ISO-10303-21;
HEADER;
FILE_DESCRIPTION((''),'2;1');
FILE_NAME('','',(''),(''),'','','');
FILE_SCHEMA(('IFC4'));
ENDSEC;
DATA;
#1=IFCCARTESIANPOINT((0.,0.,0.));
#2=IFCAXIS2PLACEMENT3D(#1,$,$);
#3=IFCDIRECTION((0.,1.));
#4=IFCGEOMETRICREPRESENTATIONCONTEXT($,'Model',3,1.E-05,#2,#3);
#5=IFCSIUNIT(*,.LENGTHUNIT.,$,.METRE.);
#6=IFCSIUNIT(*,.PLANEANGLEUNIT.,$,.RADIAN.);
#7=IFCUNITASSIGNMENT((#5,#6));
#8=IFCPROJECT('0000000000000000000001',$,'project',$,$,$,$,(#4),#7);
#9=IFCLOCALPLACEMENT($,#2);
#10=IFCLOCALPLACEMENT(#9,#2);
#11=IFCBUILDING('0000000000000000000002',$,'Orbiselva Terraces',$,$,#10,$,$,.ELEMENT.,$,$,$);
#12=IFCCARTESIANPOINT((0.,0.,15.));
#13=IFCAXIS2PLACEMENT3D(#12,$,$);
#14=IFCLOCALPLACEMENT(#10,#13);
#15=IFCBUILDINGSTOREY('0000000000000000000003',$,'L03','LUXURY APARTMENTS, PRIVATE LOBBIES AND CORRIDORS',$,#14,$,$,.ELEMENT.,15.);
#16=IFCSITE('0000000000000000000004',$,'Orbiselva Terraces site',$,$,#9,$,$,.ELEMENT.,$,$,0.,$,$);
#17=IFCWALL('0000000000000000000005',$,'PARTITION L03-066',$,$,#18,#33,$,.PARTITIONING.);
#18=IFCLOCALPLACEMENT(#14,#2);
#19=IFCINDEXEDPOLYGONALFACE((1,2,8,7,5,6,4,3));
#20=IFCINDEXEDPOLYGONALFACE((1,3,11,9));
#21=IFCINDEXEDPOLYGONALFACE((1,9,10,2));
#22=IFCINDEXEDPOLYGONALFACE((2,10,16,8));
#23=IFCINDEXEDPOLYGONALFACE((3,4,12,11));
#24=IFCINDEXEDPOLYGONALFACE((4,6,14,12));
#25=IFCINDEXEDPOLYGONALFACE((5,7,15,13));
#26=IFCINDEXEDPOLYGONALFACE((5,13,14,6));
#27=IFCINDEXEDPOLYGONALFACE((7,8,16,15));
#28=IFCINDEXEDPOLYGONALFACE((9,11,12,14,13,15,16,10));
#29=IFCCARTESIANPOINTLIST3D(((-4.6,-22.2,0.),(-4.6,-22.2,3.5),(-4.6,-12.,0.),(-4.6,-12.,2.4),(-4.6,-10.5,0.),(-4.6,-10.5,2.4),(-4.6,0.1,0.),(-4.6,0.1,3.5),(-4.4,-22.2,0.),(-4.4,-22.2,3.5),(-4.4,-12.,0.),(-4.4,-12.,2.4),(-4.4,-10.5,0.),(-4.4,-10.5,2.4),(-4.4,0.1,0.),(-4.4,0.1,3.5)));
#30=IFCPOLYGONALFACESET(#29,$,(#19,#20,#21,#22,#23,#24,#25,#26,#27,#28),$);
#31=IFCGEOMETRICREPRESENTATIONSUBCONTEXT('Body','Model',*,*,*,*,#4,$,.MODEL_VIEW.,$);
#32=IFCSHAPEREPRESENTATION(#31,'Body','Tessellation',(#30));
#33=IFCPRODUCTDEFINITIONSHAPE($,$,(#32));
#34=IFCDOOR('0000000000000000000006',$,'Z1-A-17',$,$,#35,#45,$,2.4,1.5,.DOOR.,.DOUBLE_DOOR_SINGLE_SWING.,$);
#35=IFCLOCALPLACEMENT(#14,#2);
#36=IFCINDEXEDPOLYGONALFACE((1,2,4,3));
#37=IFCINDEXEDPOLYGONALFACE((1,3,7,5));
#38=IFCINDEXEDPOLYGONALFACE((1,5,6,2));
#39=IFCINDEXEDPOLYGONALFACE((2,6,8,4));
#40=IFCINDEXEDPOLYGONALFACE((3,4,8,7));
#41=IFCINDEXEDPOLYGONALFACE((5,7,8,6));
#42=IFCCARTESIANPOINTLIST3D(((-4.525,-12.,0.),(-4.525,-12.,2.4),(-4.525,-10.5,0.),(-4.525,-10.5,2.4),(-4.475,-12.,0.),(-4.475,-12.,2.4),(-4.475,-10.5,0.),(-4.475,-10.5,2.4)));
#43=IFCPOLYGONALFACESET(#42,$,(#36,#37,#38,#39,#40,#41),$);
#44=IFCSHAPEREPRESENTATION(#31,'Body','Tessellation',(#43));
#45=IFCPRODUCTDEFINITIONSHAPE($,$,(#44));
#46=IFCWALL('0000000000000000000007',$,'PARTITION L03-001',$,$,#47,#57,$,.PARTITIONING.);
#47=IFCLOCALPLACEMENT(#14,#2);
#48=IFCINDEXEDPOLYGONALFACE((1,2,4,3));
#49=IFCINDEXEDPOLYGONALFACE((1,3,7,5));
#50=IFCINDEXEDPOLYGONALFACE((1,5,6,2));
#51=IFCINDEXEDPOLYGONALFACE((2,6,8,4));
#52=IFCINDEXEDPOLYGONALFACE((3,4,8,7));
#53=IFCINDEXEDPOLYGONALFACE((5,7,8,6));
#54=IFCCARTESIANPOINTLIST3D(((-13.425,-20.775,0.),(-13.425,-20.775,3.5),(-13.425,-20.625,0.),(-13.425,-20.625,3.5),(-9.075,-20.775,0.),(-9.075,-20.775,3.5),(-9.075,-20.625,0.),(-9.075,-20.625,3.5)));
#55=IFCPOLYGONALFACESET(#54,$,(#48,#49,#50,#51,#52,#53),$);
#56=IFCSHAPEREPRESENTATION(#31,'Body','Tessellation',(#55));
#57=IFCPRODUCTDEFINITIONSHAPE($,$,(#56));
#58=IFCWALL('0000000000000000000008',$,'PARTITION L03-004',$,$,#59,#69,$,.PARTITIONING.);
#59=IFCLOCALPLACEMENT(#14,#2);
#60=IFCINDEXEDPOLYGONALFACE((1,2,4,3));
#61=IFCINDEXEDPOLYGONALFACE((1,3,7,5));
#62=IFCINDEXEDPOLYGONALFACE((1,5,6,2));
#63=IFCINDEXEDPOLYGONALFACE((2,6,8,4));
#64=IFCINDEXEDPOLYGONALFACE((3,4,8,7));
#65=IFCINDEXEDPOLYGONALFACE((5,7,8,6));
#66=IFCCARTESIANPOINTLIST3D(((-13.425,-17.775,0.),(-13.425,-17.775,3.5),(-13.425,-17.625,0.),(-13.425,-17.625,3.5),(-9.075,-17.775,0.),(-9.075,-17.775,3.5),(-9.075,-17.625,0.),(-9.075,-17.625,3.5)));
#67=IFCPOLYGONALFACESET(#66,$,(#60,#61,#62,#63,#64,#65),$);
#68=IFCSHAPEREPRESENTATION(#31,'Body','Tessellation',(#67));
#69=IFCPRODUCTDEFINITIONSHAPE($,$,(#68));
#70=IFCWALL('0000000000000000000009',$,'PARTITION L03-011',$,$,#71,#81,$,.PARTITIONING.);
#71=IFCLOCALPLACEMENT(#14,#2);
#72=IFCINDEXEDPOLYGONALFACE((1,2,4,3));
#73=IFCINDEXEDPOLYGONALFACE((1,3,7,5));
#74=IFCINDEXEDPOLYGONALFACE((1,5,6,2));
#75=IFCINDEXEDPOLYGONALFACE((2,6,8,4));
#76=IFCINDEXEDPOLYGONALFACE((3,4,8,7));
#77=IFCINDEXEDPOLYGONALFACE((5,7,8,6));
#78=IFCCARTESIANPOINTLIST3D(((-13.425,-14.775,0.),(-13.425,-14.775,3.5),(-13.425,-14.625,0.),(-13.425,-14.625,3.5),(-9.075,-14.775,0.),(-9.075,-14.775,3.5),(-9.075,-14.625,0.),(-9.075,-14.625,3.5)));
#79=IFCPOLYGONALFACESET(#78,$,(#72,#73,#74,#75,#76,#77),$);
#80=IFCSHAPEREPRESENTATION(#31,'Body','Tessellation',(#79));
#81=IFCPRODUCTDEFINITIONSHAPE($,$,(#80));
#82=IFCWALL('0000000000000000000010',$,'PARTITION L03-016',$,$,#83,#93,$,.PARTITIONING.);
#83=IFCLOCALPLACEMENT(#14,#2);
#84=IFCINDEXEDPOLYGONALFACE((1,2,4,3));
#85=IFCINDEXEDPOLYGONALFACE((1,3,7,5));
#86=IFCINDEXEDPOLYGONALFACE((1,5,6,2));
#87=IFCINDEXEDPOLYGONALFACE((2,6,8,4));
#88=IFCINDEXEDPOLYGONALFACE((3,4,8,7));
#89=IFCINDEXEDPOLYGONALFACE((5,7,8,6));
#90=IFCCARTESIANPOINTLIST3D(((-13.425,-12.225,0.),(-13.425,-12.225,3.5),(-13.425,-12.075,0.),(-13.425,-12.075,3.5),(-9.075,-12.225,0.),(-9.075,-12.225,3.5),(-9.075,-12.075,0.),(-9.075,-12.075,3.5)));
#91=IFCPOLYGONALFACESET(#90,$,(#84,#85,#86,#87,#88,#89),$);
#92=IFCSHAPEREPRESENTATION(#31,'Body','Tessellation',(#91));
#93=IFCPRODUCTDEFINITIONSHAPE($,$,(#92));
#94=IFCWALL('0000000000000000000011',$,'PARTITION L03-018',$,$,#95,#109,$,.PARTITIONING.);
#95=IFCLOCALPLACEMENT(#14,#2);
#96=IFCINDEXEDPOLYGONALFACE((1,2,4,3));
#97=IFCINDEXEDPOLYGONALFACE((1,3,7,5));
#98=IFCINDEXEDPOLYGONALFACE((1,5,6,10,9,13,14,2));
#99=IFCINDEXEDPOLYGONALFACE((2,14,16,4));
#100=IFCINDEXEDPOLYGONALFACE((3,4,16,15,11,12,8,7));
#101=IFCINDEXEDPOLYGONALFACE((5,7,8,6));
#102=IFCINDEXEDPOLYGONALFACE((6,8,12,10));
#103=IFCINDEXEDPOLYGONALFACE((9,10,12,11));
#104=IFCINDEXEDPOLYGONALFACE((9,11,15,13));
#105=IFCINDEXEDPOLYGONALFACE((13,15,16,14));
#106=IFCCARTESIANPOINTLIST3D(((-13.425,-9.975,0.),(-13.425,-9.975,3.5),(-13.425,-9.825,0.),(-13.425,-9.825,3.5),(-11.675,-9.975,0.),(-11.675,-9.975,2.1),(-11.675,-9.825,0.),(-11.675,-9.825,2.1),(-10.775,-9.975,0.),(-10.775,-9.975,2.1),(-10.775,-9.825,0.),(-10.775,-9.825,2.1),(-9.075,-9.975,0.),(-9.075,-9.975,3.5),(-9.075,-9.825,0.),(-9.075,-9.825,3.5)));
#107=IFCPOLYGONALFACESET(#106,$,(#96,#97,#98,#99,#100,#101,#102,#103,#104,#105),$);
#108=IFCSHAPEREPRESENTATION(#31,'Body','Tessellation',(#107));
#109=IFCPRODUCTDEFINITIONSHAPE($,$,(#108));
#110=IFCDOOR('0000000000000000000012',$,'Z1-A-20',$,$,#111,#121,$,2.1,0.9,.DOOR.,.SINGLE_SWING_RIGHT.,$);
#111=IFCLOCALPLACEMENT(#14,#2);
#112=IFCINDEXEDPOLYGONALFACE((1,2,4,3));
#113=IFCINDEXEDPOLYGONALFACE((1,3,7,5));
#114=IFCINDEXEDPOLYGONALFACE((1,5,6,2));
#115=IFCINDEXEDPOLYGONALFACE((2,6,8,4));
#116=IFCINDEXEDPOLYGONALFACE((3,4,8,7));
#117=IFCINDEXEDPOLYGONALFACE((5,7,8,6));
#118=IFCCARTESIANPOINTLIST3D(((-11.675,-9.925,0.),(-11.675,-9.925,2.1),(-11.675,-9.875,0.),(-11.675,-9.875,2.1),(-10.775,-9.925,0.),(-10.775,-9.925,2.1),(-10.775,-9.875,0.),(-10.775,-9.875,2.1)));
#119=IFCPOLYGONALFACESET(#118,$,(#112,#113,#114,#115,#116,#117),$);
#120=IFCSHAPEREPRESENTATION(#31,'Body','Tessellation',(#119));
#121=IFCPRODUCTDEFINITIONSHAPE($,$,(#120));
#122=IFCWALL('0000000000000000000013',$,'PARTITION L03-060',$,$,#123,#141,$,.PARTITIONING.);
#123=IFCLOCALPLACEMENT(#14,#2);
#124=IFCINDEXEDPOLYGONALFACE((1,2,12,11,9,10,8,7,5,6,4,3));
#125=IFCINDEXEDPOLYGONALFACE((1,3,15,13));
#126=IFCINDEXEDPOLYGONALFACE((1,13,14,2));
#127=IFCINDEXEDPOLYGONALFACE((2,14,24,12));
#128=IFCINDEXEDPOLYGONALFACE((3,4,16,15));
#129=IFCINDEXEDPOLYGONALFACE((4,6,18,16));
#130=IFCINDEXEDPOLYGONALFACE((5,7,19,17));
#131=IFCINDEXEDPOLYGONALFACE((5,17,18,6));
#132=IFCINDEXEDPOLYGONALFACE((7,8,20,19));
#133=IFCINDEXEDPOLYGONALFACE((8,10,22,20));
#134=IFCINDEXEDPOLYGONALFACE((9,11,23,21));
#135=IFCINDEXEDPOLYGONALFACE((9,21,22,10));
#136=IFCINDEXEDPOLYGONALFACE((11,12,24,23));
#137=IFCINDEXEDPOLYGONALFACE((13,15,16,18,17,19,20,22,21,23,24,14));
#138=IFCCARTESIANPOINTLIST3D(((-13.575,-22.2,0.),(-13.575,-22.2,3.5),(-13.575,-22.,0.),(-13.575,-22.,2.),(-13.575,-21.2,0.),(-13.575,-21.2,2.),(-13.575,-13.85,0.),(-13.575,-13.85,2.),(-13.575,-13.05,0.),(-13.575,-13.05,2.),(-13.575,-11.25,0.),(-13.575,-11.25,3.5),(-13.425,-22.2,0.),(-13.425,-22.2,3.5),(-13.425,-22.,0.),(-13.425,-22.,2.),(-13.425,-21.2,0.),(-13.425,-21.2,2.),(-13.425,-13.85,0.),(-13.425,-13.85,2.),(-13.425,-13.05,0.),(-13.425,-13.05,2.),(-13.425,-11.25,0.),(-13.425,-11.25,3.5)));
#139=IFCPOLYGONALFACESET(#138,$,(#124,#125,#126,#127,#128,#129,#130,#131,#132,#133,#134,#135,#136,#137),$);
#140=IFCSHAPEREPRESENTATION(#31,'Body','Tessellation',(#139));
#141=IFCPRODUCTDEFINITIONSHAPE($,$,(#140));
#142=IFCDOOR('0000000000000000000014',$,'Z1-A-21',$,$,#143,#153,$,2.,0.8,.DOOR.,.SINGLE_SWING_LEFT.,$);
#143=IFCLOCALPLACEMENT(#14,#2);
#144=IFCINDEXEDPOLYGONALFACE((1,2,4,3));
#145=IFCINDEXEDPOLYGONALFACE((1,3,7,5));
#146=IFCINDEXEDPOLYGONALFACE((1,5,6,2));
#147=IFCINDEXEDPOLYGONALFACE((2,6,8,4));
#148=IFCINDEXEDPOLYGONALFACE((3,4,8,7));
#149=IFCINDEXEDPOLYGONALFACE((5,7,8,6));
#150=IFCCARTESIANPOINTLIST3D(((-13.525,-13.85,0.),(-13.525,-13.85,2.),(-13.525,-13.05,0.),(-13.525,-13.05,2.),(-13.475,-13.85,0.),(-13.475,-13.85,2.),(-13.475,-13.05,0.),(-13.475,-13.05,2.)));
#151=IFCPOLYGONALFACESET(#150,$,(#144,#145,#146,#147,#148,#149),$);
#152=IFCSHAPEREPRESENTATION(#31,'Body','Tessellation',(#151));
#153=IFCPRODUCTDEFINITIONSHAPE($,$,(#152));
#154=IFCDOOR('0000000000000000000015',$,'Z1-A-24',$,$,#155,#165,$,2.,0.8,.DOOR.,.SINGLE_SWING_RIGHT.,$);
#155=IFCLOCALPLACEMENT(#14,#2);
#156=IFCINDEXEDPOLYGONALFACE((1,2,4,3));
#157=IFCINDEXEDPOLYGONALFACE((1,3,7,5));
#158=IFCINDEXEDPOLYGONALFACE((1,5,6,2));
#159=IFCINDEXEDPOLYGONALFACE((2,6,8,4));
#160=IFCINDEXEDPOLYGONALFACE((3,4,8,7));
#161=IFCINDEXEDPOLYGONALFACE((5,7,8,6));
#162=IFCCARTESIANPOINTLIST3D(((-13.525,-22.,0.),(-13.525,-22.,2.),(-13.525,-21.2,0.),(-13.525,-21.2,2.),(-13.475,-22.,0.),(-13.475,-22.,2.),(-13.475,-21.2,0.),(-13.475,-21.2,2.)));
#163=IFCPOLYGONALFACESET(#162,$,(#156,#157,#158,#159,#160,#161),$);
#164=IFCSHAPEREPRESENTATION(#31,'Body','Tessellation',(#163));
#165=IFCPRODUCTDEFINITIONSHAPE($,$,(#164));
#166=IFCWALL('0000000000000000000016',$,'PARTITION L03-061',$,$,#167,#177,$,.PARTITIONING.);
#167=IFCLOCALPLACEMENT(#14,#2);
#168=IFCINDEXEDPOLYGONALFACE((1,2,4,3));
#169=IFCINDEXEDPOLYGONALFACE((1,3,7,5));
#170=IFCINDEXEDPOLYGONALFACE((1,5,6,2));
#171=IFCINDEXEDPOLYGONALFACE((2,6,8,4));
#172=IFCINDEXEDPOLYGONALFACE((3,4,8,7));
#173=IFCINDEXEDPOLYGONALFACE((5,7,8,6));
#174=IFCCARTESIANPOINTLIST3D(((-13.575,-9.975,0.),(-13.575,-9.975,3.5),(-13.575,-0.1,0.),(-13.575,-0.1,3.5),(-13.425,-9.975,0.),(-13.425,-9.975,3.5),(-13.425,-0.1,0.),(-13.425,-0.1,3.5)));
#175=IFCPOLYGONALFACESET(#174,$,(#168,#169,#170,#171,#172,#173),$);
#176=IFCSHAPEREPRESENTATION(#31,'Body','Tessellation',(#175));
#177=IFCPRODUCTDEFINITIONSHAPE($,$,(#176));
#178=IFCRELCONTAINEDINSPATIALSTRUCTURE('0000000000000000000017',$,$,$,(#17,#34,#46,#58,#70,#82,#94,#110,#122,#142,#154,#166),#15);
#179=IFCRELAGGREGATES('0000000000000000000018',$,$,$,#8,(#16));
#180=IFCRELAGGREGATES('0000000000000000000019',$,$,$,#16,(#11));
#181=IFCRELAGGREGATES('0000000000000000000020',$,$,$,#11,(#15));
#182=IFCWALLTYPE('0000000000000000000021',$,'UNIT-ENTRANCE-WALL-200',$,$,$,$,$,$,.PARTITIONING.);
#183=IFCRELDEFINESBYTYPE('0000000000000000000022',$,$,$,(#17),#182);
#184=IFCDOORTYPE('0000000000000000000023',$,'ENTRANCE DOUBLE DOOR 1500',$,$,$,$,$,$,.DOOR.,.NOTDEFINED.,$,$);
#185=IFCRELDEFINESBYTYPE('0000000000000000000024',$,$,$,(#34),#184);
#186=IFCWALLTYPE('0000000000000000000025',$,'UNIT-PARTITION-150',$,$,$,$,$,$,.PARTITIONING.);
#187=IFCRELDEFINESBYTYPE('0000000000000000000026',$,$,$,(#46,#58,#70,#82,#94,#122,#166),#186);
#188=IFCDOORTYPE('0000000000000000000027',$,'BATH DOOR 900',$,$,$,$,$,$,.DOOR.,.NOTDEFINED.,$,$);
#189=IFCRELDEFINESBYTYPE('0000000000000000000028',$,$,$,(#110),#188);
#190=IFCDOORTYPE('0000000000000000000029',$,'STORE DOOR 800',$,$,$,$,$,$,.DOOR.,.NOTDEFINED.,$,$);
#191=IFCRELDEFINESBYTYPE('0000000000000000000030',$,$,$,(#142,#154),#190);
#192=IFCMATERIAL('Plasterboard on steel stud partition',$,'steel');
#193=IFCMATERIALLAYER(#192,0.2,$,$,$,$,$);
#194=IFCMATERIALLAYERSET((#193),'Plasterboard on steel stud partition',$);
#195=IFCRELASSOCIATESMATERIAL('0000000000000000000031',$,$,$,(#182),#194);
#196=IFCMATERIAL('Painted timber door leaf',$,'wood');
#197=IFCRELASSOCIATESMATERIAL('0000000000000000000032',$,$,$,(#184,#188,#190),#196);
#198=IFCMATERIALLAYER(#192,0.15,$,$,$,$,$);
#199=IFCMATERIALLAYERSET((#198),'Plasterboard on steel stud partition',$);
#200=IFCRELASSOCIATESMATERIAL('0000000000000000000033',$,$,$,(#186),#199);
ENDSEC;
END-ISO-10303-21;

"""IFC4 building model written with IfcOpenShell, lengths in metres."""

from ifc_helpers import new_model, si_unit, direction, frame, frame_2d, origin, place, context, subcontext, project, spatial, rectangle, extrude, material, layer, layer_set, type_object, element, fill, save


model = new_model("IFC4")

# Units and contexts
model_context = context("Model", 3, precision=1e-05, world=origin(), true_north=direction((0.0, 1.0)))
body_context = subcontext(model_context, "Body", "Model", "MODEL_VIEW")
ifc_project = project(units=[si_unit("LENGTHUNIT", "METRE"), si_unit("PLANEANGLEUNIT", "RADIAN")], contexts=[model_context])

# Site, building, storey
site_placement = place(None, origin())
site = spatial("IfcSite", under=ifc_project, at=site_placement, Name="Orbiselva Terraces site", CompositionType="ELEMENT", RefElevation=0.0)
building_placement = place(site_placement, origin())
building = spatial("IfcBuilding", under=site, at=building_placement, Name="Orbiselva Terraces", CompositionType="ELEMENT")
storey_placement = place(building_placement, frame((0.0, 0.0, 15.0)))
storey = spatial("IfcBuildingStorey", under=building, at=storey_placement, Name="L03", Description="LUXURY APARTMENTS, PRIVATE LOBBIES AND CORRIDORS", CompositionType="ELEMENT", Elevation=15.0)

# Wall, opening, door
ifc_material_1 = material(Name="Plasterboard on steel stud partition", Category="steel")
ifc_layer_1 = layer(ifc_material_1, 0.2)
ifc_layer_set_1 = layer_set([ifc_layer_1], Name="Plasterboard on steel stud partition")
wall_type_1 = type_object("IfcWallType", Name="UNIT-ENTRANCE-WALL-200", PredefinedType="PARTITIONING", material=ifc_layer_set_1)
wall_1_placement = place(storey_placement, frame((-4.5, -22.2, 0.0), z_axis=(0.0, 0.0, 1.0), x_axis=(0.0, 1.0, 0.0)))
wall_1 = element("IfcWall", 1, at=wall_1_placement, inside=storey, type_object=wall_type_1, Name="PARTITION L03-066", PredefinedType="PARTITIONING", context=body_context, shape_type="SweptSolid", body=[
    extrude(rectangle(XDim=22.3, YDim=0.2, at=frame_2d((11.15, 0.0))), origin(), (0.0, 0.0, 1.0), 3.5),
])
opening_1_placement = place(wall_1_placement, frame((10.2, 0.0, 0.0)))
opening_1 = element("IfcOpeningElement", 2, at=opening_1_placement, cuts=wall_1, PredefinedType="OPENING", context=body_context, shape_type="SweptSolid", body=[
    extrude(rectangle(XDim=1.5, YDim=2.4, at=frame_2d((0.75, 1.2))), frame((0.0, 0.11, 0.0), z_axis=(0.0, -1.0, 0.0), x_axis=(1.0, 0.0, 0.0)), (0.0, 0.0, 1.0), 0.22),
])
ifc_material_2 = material(Name="Painted timber door leaf", Category="wood")
door_type_1 = type_object("IfcDoorType", Name="ENTRANCE DOUBLE DOOR 1500", OperationType="NOTDEFINED", PredefinedType="DOOR", material=ifc_material_2)
door_1_placement = place(opening_1_placement, origin())
door_1 = element("IfcDoor", 3, at=door_1_placement, inside=storey, type_object=door_type_1, Name="Z1-A-17", OperationType="DOUBLE_DOOR_SINGLE_SWING", OverallHeight=2.4, OverallWidth=1.5, PredefinedType="DOOR", context=body_context, shape_type="SweptSolid", body=[
    extrude(rectangle(XDim=1.5, YDim=2.4, at=frame_2d((0.75, 1.2))), frame((0.0, 0.025, 0.0), z_axis=(0.0, -1.0, 0.0), x_axis=(1.0, 0.0, 0.0)), (0.0, 0.0, 1.0), 0.05),
])
fill(opening_1, door_1)

# Walls
ifc_layer_2 = layer(ifc_material_1, 0.15)
ifc_layer_set_2 = layer_set([ifc_layer_2], Name="Plasterboard on steel stud partition")
wall_type_2 = type_object("IfcWallType", Name="UNIT-PARTITION-150", PredefinedType="PARTITIONING", material=ifc_layer_set_2)
for number, where, z_axis, x_axis, name in (
    (4, (-13.425, -20.7, 0.0), (0.0, 0.0, 1.0), (1.0, 0.0, 0.0), "PARTITION L03-001"),
    (5, (-13.425, -17.7, 0.0), (0.0, 0.0, 1.0), (1.0, 0.0, 0.0), "PARTITION L03-004"),
    (6, (-13.425, -14.7, 0.0), (0.0, 0.0, 1.0), (1.0, 0.0, 0.0), "PARTITION L03-011"),
    (7, (-13.425, -12.15, 0.0), (0.0, 0.0, 1.0), (1.0, 0.0, 0.0), "PARTITION L03-016"),
):
    element("IfcWall", number, at=place(storey_placement, frame(where, z_axis=z_axis, x_axis=x_axis)), inside=storey, type_object=wall_type_2, Name=name, PredefinedType="PARTITIONING", context=body_context, shape_type="SweptSolid", body=[
        extrude(rectangle(XDim=4.35, YDim=0.15, at=frame_2d((2.175, 0.0))), origin(), (0.0, 0.0, 1.0), 3.5),
    ])

# Wall, opening, door
wall_2_placement = place(storey_placement, frame((-13.425, -9.9, 0.0), z_axis=(0.0, 0.0, 1.0), x_axis=(1.0, 0.0, 0.0)))
wall_2 = element("IfcWall", 8, at=wall_2_placement, inside=storey, type_object=wall_type_2, Name="PARTITION L03-018", PredefinedType="PARTITIONING", context=body_context, shape_type="SweptSolid", body=[
    extrude(rectangle(XDim=4.35, YDim=0.15, at=frame_2d((2.175, 0.0))), origin(), (0.0, 0.0, 1.0), 3.5),
])
opening_2_placement = place(wall_2_placement, frame((1.75, 0.0, 0.0)))
opening_2 = element("IfcOpeningElement", 9, at=opening_2_placement, cuts=wall_2, PredefinedType="OPENING", context=body_context, shape_type="SweptSolid", body=[
    extrude(rectangle(XDim=0.9, YDim=2.1, at=frame_2d((0.45, 1.05))), frame((0.0, 0.085, 0.0), z_axis=(0.0, -1.0, 0.0), x_axis=(1.0, 0.0, 0.0)), (0.0, 0.0, 1.0), 0.17),
])
door_type_2 = type_object("IfcDoorType", Name="BATH DOOR 900", OperationType="NOTDEFINED", PredefinedType="DOOR", material=ifc_material_2)
door_2_placement = place(opening_2_placement, origin())
door_2 = element("IfcDoor", 10, at=door_2_placement, inside=storey, type_object=door_type_2, Name="Z1-A-20", OperationType="SINGLE_SWING_RIGHT", OverallHeight=2.1, OverallWidth=0.9, PredefinedType="DOOR", context=body_context, shape_type="SweptSolid", body=[
    extrude(rectangle(XDim=0.9, YDim=2.1, at=frame_2d((0.45, 1.05))), frame((0.0, 0.025, 0.0), z_axis=(0.0, -1.0, 0.0), x_axis=(1.0, 0.0, 0.0)), (0.0, 0.0, 1.0), 0.05),
])
fill(opening_2, door_2)

# Wall, openings, doors
wall_3_placement = place(storey_placement, frame((-13.5, -11.25, 0.0), z_axis=(0.0, 0.0, 1.0), x_axis=(0.0, -1.0, 0.0)))
wall_3 = element("IfcWall", 11, at=wall_3_placement, inside=storey, type_object=wall_type_2, Name="PARTITION L03-060", PredefinedType="PARTITIONING", context=body_context, shape_type="SweptSolid", body=[
    extrude(rectangle(XDim=10.95, YDim=0.15, at=frame_2d((5.475, 0.0))), origin(), (0.0, 0.0, 1.0), 3.5),
])
opening_3_placement = place(wall_3_placement, frame((1.8, 0.0, 0.0)))
opening_3 = element("IfcOpeningElement", 12, at=opening_3_placement, cuts=wall_3, PredefinedType="OPENING", context=body_context, shape_type="SweptSolid", body=[
    extrude(rectangle(XDim=0.8, YDim=2.0, at=frame_2d((0.4, 1.0))), frame((0.0, 0.085, 0.0), z_axis=(0.0, -1.0, 0.0), x_axis=(1.0, 0.0, 0.0)), (0.0, 0.0, 1.0), 0.17),
])
opening_4_placement = place(wall_3_placement, frame((9.95, 0.0, 0.0)))
opening_4 = element("IfcOpeningElement", 13, at=opening_4_placement, cuts=wall_3, PredefinedType="OPENING", context=body_context, shape_type="SweptSolid", body=[
    extrude(rectangle(XDim=0.8, YDim=2.0, at=frame_2d((0.4, 1.0))), frame((0.0, 0.085, 0.0), z_axis=(0.0, -1.0, 0.0), x_axis=(1.0, 0.0, 0.0)), (0.0, 0.0, 1.0), 0.17),
])
door_type_3 = type_object("IfcDoorType", Name="STORE DOOR 800", OperationType="NOTDEFINED", PredefinedType="DOOR", material=ifc_material_2)
door_3_placement = place(opening_3_placement, origin())
door_3 = element("IfcDoor", 14, at=door_3_placement, inside=storey, type_object=door_type_3, Name="Z1-A-21", OperationType="SINGLE_SWING_LEFT", OverallHeight=2.0, OverallWidth=0.8, PredefinedType="DOOR", context=body_context, shape_type="SweptSolid", body=[
    extrude(rectangle(XDim=0.8, YDim=2.0, at=frame_2d((0.4, 1.0))), frame((0.0, 0.025, 0.0), z_axis=(0.0, -1.0, 0.0), x_axis=(1.0, 0.0, 0.0)), (0.0, 0.0, 1.0), 0.05),
])
fill(opening_3, door_3)
door_4_placement = place(opening_4_placement, origin())
door_4 = element("IfcDoor", 15, at=door_4_placement, inside=storey, type_object=door_type_3, Name="Z1-A-24", OperationType="SINGLE_SWING_RIGHT", OverallHeight=2.0, OverallWidth=0.8, PredefinedType="DOOR", context=body_context, shape_type="SweptSolid", body=[
    extrude(rectangle(XDim=0.8, YDim=2.0, at=frame_2d((0.4, 1.0))), frame((0.0, 0.025, 0.0), z_axis=(0.0, -1.0, 0.0), x_axis=(1.0, 0.0, 0.0)), (0.0, 0.0, 1.0), 0.05),
])
fill(opening_4, door_4)

# Wall
wall_4_placement = place(storey_placement, frame((-13.5, -9.975, 0.0), z_axis=(0.0, 0.0, 1.0), x_axis=(0.0, 1.0, 0.0)))
element("IfcWall", 16, at=wall_4_placement, inside=storey, type_object=wall_type_2, Name="PARTITION L03-061", PredefinedType="PARTITIONING", context=body_context, shape_type="SweptSolid", body=[
    extrude(rectangle(XDim=9.875, YDim=0.15, at=frame_2d((4.9375, 0.0))), origin(), (0.0, 0.0, 1.0), 3.5),
])

save(model, "model.ifc")
